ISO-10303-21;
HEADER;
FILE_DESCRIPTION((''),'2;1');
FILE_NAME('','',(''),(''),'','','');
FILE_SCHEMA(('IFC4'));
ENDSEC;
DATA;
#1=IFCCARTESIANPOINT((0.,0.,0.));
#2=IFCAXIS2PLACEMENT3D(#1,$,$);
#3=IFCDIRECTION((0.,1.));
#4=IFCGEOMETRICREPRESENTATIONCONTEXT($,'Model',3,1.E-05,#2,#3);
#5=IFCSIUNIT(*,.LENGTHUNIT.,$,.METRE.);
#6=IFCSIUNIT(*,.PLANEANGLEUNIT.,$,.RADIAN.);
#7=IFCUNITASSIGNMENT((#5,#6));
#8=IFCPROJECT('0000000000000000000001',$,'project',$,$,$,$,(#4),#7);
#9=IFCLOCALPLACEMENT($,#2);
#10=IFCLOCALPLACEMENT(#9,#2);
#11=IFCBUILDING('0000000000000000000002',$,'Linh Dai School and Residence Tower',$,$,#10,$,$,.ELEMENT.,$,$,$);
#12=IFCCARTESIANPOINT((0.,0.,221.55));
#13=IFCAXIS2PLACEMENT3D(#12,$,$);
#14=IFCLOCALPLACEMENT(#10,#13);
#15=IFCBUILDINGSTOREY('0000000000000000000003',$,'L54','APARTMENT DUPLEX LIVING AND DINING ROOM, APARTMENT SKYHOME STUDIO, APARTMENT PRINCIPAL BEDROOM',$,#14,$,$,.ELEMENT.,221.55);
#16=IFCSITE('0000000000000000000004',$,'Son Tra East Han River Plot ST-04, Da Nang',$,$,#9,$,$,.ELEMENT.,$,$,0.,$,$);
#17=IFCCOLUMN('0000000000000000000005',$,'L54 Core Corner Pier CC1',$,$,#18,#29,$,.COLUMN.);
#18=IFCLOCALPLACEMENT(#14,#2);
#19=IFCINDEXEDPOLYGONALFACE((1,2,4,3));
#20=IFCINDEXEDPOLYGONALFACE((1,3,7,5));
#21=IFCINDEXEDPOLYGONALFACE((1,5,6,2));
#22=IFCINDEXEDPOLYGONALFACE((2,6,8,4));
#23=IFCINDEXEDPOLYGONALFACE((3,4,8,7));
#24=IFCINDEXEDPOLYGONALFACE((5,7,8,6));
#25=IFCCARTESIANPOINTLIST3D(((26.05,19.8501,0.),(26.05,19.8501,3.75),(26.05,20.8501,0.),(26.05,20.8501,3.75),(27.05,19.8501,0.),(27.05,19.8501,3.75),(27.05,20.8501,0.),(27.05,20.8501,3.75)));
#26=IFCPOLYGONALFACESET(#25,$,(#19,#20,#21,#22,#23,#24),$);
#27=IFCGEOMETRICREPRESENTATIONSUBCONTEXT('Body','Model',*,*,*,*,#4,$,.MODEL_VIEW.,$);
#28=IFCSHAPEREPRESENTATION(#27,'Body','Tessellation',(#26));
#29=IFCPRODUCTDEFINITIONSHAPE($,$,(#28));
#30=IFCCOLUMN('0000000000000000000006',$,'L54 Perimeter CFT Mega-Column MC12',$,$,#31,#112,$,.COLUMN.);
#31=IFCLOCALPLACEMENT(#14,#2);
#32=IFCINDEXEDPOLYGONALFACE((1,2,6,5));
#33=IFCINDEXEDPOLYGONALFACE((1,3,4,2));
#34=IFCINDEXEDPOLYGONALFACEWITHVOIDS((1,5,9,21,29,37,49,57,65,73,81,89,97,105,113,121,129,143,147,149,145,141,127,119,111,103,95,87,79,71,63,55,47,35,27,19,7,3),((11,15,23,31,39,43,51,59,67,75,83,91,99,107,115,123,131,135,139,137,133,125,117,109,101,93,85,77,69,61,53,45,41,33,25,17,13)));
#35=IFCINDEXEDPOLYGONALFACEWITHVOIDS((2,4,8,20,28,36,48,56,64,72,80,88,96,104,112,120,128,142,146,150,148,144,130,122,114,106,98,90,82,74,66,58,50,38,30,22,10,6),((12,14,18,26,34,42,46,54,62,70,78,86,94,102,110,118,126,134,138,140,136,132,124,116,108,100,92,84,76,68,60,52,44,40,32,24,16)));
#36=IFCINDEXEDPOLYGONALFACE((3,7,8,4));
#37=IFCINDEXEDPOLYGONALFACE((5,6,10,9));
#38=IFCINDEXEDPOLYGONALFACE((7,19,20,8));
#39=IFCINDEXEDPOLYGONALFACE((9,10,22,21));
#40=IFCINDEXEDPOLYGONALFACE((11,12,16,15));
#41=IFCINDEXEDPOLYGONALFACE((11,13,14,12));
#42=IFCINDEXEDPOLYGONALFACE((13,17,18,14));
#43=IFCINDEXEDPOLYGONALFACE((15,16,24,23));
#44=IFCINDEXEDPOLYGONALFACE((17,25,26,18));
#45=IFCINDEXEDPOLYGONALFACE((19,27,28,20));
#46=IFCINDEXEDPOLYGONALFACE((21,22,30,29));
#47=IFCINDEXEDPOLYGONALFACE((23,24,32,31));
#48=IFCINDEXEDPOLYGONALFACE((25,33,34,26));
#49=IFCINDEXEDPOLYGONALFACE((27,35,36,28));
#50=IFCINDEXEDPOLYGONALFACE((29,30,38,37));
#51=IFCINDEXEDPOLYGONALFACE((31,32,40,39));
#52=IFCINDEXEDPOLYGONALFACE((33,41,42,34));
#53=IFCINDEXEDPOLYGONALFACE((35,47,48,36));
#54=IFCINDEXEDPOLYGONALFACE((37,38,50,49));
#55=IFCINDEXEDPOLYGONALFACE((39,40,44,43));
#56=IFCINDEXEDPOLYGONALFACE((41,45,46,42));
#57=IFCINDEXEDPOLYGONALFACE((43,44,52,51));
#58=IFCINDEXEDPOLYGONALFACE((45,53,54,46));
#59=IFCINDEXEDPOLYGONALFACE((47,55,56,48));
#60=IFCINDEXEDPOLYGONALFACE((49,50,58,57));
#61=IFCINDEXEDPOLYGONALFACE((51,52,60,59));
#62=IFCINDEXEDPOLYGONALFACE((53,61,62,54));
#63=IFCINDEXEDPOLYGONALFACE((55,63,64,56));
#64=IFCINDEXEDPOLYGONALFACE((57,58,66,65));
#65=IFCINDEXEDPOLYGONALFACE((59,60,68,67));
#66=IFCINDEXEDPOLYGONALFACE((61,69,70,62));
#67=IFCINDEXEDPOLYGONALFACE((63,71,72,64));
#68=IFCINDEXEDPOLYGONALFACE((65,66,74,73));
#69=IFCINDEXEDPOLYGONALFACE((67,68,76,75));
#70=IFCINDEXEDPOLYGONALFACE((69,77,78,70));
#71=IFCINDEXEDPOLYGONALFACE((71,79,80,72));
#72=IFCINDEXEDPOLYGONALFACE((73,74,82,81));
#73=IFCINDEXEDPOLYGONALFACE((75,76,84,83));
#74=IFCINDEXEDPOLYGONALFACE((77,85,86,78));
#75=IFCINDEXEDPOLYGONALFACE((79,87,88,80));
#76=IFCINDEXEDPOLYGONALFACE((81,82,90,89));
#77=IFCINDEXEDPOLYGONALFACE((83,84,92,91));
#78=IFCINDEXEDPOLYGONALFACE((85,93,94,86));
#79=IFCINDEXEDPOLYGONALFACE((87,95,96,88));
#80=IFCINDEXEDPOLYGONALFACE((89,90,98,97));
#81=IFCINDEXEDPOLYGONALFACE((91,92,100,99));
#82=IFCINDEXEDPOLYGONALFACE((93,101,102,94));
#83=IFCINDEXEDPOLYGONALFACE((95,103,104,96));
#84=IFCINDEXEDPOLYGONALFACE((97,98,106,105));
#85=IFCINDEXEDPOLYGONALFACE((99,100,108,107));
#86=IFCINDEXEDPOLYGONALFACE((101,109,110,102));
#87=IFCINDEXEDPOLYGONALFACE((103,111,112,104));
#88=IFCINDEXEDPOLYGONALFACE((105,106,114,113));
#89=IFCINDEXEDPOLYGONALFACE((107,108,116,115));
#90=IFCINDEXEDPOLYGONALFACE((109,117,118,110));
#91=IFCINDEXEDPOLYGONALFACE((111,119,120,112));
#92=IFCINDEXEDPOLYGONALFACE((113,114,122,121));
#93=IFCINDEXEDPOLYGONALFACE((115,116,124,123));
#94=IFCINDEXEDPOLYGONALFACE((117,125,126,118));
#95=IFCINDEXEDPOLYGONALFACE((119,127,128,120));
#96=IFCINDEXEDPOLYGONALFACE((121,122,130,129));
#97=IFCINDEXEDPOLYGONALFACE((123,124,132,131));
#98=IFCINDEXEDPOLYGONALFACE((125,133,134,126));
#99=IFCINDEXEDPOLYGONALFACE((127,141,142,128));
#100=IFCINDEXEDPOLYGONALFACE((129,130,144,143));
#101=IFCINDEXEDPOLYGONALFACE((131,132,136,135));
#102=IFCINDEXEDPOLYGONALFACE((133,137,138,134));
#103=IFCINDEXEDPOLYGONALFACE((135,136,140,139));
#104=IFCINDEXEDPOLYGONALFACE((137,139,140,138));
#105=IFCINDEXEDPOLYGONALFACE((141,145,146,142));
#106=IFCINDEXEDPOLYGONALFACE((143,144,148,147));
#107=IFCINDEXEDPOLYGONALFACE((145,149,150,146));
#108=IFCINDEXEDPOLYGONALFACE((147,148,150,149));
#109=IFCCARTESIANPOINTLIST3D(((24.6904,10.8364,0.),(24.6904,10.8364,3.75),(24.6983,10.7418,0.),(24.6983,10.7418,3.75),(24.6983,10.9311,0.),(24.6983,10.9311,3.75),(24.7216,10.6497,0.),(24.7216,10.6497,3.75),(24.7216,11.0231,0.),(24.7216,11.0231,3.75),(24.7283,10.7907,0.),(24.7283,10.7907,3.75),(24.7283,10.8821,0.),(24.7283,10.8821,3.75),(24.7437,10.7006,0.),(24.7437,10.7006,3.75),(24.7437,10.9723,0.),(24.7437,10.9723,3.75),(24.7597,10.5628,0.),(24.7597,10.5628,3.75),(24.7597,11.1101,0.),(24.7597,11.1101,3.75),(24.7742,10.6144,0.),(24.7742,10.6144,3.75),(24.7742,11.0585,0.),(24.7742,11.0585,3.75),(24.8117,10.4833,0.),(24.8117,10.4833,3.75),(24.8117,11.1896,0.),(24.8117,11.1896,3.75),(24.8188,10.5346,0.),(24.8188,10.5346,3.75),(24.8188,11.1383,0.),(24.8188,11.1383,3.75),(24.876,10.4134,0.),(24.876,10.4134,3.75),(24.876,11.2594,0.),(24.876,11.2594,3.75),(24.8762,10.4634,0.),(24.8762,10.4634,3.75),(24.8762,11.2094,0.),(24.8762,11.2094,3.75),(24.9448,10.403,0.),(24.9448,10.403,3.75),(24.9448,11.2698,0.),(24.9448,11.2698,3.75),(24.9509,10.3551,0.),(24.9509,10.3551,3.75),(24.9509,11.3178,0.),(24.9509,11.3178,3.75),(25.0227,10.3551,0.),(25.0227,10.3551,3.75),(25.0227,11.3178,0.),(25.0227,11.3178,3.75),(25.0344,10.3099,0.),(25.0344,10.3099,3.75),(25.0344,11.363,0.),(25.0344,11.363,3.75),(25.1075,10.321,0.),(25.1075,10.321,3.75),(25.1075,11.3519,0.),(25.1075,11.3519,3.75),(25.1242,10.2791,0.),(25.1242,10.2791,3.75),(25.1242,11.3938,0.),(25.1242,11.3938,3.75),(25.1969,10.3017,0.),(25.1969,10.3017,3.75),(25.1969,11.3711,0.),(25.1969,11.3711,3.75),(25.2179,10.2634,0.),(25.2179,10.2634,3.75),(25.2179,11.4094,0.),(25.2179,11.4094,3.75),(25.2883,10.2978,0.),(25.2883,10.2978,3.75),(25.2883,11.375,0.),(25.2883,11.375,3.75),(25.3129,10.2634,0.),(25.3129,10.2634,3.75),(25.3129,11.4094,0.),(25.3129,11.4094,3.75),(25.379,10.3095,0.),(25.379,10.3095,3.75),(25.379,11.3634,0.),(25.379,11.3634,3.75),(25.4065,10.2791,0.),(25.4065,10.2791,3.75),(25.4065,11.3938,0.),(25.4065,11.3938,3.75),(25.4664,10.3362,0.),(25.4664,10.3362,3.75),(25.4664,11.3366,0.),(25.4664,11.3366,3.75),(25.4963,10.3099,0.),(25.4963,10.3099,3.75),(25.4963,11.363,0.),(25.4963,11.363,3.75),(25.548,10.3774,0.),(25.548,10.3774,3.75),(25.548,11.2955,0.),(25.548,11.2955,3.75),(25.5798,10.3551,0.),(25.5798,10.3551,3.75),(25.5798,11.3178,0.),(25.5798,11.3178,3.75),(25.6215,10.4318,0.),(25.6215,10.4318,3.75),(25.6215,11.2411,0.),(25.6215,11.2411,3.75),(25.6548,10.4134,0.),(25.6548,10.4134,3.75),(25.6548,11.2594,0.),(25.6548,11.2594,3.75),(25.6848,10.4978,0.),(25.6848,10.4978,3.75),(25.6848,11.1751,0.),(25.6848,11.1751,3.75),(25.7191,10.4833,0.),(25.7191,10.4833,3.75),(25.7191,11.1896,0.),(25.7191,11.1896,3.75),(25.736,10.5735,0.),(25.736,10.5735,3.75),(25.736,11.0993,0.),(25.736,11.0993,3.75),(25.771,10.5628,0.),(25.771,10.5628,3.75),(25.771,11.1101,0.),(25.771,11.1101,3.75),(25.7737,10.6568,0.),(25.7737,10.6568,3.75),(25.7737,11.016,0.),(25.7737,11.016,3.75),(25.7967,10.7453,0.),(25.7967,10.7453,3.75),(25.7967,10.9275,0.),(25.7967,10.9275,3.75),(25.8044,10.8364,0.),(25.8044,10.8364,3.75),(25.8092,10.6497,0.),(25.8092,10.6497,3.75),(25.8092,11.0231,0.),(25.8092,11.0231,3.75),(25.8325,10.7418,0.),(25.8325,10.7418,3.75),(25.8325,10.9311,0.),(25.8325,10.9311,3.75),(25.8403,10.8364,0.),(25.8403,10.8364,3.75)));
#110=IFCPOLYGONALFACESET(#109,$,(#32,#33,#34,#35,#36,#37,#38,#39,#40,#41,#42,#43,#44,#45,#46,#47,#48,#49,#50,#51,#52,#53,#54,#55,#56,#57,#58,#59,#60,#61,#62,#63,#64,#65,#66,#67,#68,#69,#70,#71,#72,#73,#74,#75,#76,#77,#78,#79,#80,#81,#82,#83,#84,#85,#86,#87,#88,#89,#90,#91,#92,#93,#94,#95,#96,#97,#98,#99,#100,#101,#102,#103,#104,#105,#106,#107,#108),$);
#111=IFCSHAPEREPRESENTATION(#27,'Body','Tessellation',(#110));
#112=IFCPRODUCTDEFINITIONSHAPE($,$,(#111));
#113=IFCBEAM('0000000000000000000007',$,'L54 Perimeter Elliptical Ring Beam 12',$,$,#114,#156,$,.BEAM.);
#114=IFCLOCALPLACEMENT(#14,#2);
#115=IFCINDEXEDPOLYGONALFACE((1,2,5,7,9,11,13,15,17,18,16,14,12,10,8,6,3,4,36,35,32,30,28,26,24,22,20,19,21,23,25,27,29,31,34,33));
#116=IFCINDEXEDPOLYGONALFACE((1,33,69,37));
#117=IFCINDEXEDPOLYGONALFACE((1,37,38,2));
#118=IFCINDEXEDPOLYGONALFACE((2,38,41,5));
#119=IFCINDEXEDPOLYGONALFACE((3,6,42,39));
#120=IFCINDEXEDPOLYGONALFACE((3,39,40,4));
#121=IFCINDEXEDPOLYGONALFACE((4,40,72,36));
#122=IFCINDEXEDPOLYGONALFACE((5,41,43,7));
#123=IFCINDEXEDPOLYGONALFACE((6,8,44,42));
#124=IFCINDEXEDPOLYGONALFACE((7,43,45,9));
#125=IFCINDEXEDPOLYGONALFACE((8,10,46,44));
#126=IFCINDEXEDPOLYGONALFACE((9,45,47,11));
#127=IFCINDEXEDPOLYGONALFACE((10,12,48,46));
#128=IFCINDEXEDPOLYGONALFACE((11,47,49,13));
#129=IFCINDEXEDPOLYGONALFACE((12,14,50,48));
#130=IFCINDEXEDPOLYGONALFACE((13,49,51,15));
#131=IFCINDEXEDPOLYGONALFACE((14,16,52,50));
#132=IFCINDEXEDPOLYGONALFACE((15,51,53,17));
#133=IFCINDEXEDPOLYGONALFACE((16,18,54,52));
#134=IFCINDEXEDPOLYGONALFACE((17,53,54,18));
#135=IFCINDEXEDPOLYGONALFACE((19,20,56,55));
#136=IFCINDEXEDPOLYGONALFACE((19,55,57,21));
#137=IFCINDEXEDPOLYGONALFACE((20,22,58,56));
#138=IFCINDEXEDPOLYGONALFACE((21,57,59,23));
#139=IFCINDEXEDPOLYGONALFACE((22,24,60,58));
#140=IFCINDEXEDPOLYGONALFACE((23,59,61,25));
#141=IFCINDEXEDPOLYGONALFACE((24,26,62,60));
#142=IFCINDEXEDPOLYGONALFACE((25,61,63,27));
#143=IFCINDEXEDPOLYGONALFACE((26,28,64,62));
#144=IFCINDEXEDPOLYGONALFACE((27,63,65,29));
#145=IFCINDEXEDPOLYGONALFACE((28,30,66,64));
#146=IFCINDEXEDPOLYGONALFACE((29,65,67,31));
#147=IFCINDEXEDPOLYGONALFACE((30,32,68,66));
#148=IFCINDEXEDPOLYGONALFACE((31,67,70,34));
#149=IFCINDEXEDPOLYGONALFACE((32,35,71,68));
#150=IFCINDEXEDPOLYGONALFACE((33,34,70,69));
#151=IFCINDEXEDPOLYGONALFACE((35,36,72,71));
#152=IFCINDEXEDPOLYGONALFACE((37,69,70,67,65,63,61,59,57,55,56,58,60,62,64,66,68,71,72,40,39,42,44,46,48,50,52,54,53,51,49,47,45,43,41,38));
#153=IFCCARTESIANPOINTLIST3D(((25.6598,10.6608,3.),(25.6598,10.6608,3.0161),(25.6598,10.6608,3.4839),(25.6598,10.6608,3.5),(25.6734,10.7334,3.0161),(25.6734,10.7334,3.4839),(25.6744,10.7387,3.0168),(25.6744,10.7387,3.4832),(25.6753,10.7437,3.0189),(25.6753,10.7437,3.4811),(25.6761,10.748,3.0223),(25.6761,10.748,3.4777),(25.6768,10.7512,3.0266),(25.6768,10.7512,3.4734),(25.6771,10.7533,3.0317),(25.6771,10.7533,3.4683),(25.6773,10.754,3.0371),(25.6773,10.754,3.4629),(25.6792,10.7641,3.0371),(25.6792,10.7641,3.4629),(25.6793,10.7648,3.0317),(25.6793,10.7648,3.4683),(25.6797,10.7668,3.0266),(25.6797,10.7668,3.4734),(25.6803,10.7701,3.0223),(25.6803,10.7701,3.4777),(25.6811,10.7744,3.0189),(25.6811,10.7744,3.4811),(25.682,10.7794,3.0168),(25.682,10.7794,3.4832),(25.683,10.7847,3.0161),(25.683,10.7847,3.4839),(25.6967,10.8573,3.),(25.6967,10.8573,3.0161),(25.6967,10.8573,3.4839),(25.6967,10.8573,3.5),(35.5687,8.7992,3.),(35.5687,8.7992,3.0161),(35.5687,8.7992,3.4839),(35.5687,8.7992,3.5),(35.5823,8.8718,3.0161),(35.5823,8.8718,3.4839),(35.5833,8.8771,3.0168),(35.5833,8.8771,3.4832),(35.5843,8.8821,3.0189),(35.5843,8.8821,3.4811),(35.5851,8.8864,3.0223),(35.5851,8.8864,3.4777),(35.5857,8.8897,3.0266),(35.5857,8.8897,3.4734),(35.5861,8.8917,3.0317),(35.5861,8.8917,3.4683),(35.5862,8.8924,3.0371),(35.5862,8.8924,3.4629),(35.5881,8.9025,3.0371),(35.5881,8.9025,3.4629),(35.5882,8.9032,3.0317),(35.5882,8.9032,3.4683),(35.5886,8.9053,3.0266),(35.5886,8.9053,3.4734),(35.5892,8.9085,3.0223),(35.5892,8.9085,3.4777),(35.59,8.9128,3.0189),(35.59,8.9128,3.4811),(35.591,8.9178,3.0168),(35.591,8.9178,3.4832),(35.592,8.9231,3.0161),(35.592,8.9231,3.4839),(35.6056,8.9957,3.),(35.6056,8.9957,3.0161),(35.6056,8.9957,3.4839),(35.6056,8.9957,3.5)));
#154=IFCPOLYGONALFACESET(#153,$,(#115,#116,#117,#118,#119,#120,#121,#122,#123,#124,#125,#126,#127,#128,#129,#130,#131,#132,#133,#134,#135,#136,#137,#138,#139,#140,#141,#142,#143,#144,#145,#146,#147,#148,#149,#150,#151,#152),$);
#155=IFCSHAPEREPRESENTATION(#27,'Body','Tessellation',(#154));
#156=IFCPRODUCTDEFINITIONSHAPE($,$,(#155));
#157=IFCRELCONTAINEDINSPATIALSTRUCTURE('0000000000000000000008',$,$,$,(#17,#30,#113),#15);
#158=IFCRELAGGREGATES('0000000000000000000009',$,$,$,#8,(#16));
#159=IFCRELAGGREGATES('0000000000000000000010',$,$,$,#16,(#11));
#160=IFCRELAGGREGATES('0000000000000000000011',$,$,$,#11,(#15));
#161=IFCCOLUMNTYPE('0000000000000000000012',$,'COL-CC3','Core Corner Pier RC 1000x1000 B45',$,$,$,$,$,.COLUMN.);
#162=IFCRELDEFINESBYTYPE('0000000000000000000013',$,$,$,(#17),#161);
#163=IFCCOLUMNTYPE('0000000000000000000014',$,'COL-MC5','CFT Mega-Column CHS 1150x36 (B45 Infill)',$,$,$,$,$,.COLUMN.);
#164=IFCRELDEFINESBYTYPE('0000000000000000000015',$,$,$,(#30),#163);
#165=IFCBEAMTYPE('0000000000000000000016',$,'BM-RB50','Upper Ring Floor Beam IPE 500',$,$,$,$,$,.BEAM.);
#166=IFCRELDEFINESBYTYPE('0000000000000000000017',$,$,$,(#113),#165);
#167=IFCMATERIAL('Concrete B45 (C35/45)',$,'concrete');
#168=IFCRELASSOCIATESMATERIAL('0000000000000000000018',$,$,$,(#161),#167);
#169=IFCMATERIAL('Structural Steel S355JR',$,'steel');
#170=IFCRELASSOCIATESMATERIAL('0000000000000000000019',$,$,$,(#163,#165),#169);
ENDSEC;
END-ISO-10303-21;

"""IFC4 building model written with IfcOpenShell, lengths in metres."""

from ifc_helpers import new_model, si_unit, direction, frame, origin, origin_2d, place, context, subcontext, project, spatial, rectangle, hollow_circle, i_section, extrude, material, material_profile, profile_set, type_object, element, save


model = new_model("IFC4")

# Units and contexts
model_context = context("Model", 3, precision=1e-05, world=origin(), true_north=direction((0.0, 1.0)))
body_context = subcontext(model_context, "Body", "Model", "MODEL_VIEW")
ifc_project = project(units=[si_unit("LENGTHUNIT", "METRE"), si_unit("PLANEANGLEUNIT", "RADIAN")], contexts=[model_context])

# Site, building, storey
site_placement = place(None, origin())
site = spatial("IfcSite", under=ifc_project, at=site_placement, Name="Son Tra East Han River Plot ST-04, Da Nang", CompositionType="ELEMENT", RefElevation=0.0)
building_placement = place(site_placement, origin())
building = spatial("IfcBuilding", under=site, at=building_placement, Name="Linh Dai School and Residence Tower", CompositionType="ELEMENT")
storey_placement = place(building_placement, frame((0.0, 0.0, 221.55)))
storey = spatial("IfcBuildingStorey", under=building, at=storey_placement, Name="L54", Description="APARTMENT DUPLEX LIVING AND DINING ROOM, APARTMENT SKYHOME STUDIO, APARTMENT PRINCIPAL BEDROOM", CompositionType="ELEMENT", Elevation=221.55)

# Columns
ifc_material_1 = material(Name="Concrete B45 (C35/45)", Category="concrete")
ifc_material_profile_1 = material_profile(ifc_material_1, rectangle(XDim=1.0, YDim=1.0, at=origin_2d()), Name="RC 1000x1000")
ifc_profile_set_1 = profile_set([ifc_material_profile_1], Name="Concrete B45 (C35/45)")
column_type_1 = type_object("IfcColumnType", Name="COL-CC3", Description="Core Corner Pier RC 1000x1000 B45", PredefinedType="COLUMN", material=ifc_profile_set_1)
column_1_placement = place(storey_placement, frame((26.55, 20.3501, 0.0), z_axis=(0.0, 0.0, 1.0), x_axis=(1.0, 0.0, 0.0)))
element("IfcColumn", 1, at=column_1_placement, inside=storey, type_object=column_type_1, Name="L54 Core Corner Pier CC1", PredefinedType="COLUMN", context=body_context, shape_type="SweptSolid", body=[
    extrude(rectangle(XDim=1.0, YDim=1.0, at=origin_2d()), origin(), (0.0, 0.0, 1.0), 3.75),
])
ifc_material_2 = material(Name="Structural Steel S355JR", Category="steel")
ifc_material_profile_2 = material_profile(ifc_material_2, hollow_circle(Radius=0.575, WallThickness=0.0359, at=origin_2d()), Name="CHS 1150x36")
ifc_profile_set_2 = profile_set([ifc_material_profile_2], Name="Structural Steel S355JR")
column_type_2 = type_object("IfcColumnType", Name="COL-MC5", Description="CFT Mega-Column CHS 1150x36 (B45 Infill)", PredefinedType="COLUMN", material=ifc_profile_set_2)
column_2_placement = place(storey_placement, frame((25.2654, 10.8364, 0.0), z_axis=(0.0, 0.0, 1.0), x_axis=(1.0, 0.0, 0.0)))
element("IfcColumn", 2, at=column_2_placement, inside=storey, type_object=column_type_2, Name="L54 Perimeter CFT Mega-Column MC12", PredefinedType="COLUMN", context=body_context, shape_type="SweptSolid", body=[
    extrude(hollow_circle(Radius=0.575, WallThickness=0.0359, at=origin_2d()), origin(), (0.0, 0.0, 1.0), 3.75),
])

# Beam
ifc_material_profile_3 = material_profile(ifc_material_2, i_section(OverallWidth=0.2, OverallDepth=0.5, WebThickness=0.0103, FlangeThickness=0.0161, FilletRadius=0.021, at=origin_2d()), Name="IPE 500")
ifc_profile_set_3 = profile_set([ifc_material_profile_3], Name="Structural Steel S355JR")
beam_type_1 = type_object("IfcBeamType", Name="BM-RB50", Description="Upper Ring Floor Beam IPE 500", PredefinedType="BEAM", material=ifc_profile_set_3)
beam_1_placement = place(storey_placement, frame((25.6782, 10.759, 3.25), z_axis=(0.982807, -0.184638, 0.0), x_axis=(0.184638, 0.982807, 0.0)))
element("IfcBeam", 3, at=beam_1_placement, inside=storey, type_object=beam_type_1, Name="L54 Perimeter Elliptical Ring Beam 12", PredefinedType="BEAM", context=body_context, shape_type="SweptSolid", body=[
    extrude(i_section(OverallWidth=0.2, OverallDepth=0.5, WebThickness=0.0103, FlangeThickness=0.0161, FilletRadius=0.021, at=origin_2d()), origin(), (0.0, 0.0, 1.0), 10.0823),
])

save(model, "model.ifc")
